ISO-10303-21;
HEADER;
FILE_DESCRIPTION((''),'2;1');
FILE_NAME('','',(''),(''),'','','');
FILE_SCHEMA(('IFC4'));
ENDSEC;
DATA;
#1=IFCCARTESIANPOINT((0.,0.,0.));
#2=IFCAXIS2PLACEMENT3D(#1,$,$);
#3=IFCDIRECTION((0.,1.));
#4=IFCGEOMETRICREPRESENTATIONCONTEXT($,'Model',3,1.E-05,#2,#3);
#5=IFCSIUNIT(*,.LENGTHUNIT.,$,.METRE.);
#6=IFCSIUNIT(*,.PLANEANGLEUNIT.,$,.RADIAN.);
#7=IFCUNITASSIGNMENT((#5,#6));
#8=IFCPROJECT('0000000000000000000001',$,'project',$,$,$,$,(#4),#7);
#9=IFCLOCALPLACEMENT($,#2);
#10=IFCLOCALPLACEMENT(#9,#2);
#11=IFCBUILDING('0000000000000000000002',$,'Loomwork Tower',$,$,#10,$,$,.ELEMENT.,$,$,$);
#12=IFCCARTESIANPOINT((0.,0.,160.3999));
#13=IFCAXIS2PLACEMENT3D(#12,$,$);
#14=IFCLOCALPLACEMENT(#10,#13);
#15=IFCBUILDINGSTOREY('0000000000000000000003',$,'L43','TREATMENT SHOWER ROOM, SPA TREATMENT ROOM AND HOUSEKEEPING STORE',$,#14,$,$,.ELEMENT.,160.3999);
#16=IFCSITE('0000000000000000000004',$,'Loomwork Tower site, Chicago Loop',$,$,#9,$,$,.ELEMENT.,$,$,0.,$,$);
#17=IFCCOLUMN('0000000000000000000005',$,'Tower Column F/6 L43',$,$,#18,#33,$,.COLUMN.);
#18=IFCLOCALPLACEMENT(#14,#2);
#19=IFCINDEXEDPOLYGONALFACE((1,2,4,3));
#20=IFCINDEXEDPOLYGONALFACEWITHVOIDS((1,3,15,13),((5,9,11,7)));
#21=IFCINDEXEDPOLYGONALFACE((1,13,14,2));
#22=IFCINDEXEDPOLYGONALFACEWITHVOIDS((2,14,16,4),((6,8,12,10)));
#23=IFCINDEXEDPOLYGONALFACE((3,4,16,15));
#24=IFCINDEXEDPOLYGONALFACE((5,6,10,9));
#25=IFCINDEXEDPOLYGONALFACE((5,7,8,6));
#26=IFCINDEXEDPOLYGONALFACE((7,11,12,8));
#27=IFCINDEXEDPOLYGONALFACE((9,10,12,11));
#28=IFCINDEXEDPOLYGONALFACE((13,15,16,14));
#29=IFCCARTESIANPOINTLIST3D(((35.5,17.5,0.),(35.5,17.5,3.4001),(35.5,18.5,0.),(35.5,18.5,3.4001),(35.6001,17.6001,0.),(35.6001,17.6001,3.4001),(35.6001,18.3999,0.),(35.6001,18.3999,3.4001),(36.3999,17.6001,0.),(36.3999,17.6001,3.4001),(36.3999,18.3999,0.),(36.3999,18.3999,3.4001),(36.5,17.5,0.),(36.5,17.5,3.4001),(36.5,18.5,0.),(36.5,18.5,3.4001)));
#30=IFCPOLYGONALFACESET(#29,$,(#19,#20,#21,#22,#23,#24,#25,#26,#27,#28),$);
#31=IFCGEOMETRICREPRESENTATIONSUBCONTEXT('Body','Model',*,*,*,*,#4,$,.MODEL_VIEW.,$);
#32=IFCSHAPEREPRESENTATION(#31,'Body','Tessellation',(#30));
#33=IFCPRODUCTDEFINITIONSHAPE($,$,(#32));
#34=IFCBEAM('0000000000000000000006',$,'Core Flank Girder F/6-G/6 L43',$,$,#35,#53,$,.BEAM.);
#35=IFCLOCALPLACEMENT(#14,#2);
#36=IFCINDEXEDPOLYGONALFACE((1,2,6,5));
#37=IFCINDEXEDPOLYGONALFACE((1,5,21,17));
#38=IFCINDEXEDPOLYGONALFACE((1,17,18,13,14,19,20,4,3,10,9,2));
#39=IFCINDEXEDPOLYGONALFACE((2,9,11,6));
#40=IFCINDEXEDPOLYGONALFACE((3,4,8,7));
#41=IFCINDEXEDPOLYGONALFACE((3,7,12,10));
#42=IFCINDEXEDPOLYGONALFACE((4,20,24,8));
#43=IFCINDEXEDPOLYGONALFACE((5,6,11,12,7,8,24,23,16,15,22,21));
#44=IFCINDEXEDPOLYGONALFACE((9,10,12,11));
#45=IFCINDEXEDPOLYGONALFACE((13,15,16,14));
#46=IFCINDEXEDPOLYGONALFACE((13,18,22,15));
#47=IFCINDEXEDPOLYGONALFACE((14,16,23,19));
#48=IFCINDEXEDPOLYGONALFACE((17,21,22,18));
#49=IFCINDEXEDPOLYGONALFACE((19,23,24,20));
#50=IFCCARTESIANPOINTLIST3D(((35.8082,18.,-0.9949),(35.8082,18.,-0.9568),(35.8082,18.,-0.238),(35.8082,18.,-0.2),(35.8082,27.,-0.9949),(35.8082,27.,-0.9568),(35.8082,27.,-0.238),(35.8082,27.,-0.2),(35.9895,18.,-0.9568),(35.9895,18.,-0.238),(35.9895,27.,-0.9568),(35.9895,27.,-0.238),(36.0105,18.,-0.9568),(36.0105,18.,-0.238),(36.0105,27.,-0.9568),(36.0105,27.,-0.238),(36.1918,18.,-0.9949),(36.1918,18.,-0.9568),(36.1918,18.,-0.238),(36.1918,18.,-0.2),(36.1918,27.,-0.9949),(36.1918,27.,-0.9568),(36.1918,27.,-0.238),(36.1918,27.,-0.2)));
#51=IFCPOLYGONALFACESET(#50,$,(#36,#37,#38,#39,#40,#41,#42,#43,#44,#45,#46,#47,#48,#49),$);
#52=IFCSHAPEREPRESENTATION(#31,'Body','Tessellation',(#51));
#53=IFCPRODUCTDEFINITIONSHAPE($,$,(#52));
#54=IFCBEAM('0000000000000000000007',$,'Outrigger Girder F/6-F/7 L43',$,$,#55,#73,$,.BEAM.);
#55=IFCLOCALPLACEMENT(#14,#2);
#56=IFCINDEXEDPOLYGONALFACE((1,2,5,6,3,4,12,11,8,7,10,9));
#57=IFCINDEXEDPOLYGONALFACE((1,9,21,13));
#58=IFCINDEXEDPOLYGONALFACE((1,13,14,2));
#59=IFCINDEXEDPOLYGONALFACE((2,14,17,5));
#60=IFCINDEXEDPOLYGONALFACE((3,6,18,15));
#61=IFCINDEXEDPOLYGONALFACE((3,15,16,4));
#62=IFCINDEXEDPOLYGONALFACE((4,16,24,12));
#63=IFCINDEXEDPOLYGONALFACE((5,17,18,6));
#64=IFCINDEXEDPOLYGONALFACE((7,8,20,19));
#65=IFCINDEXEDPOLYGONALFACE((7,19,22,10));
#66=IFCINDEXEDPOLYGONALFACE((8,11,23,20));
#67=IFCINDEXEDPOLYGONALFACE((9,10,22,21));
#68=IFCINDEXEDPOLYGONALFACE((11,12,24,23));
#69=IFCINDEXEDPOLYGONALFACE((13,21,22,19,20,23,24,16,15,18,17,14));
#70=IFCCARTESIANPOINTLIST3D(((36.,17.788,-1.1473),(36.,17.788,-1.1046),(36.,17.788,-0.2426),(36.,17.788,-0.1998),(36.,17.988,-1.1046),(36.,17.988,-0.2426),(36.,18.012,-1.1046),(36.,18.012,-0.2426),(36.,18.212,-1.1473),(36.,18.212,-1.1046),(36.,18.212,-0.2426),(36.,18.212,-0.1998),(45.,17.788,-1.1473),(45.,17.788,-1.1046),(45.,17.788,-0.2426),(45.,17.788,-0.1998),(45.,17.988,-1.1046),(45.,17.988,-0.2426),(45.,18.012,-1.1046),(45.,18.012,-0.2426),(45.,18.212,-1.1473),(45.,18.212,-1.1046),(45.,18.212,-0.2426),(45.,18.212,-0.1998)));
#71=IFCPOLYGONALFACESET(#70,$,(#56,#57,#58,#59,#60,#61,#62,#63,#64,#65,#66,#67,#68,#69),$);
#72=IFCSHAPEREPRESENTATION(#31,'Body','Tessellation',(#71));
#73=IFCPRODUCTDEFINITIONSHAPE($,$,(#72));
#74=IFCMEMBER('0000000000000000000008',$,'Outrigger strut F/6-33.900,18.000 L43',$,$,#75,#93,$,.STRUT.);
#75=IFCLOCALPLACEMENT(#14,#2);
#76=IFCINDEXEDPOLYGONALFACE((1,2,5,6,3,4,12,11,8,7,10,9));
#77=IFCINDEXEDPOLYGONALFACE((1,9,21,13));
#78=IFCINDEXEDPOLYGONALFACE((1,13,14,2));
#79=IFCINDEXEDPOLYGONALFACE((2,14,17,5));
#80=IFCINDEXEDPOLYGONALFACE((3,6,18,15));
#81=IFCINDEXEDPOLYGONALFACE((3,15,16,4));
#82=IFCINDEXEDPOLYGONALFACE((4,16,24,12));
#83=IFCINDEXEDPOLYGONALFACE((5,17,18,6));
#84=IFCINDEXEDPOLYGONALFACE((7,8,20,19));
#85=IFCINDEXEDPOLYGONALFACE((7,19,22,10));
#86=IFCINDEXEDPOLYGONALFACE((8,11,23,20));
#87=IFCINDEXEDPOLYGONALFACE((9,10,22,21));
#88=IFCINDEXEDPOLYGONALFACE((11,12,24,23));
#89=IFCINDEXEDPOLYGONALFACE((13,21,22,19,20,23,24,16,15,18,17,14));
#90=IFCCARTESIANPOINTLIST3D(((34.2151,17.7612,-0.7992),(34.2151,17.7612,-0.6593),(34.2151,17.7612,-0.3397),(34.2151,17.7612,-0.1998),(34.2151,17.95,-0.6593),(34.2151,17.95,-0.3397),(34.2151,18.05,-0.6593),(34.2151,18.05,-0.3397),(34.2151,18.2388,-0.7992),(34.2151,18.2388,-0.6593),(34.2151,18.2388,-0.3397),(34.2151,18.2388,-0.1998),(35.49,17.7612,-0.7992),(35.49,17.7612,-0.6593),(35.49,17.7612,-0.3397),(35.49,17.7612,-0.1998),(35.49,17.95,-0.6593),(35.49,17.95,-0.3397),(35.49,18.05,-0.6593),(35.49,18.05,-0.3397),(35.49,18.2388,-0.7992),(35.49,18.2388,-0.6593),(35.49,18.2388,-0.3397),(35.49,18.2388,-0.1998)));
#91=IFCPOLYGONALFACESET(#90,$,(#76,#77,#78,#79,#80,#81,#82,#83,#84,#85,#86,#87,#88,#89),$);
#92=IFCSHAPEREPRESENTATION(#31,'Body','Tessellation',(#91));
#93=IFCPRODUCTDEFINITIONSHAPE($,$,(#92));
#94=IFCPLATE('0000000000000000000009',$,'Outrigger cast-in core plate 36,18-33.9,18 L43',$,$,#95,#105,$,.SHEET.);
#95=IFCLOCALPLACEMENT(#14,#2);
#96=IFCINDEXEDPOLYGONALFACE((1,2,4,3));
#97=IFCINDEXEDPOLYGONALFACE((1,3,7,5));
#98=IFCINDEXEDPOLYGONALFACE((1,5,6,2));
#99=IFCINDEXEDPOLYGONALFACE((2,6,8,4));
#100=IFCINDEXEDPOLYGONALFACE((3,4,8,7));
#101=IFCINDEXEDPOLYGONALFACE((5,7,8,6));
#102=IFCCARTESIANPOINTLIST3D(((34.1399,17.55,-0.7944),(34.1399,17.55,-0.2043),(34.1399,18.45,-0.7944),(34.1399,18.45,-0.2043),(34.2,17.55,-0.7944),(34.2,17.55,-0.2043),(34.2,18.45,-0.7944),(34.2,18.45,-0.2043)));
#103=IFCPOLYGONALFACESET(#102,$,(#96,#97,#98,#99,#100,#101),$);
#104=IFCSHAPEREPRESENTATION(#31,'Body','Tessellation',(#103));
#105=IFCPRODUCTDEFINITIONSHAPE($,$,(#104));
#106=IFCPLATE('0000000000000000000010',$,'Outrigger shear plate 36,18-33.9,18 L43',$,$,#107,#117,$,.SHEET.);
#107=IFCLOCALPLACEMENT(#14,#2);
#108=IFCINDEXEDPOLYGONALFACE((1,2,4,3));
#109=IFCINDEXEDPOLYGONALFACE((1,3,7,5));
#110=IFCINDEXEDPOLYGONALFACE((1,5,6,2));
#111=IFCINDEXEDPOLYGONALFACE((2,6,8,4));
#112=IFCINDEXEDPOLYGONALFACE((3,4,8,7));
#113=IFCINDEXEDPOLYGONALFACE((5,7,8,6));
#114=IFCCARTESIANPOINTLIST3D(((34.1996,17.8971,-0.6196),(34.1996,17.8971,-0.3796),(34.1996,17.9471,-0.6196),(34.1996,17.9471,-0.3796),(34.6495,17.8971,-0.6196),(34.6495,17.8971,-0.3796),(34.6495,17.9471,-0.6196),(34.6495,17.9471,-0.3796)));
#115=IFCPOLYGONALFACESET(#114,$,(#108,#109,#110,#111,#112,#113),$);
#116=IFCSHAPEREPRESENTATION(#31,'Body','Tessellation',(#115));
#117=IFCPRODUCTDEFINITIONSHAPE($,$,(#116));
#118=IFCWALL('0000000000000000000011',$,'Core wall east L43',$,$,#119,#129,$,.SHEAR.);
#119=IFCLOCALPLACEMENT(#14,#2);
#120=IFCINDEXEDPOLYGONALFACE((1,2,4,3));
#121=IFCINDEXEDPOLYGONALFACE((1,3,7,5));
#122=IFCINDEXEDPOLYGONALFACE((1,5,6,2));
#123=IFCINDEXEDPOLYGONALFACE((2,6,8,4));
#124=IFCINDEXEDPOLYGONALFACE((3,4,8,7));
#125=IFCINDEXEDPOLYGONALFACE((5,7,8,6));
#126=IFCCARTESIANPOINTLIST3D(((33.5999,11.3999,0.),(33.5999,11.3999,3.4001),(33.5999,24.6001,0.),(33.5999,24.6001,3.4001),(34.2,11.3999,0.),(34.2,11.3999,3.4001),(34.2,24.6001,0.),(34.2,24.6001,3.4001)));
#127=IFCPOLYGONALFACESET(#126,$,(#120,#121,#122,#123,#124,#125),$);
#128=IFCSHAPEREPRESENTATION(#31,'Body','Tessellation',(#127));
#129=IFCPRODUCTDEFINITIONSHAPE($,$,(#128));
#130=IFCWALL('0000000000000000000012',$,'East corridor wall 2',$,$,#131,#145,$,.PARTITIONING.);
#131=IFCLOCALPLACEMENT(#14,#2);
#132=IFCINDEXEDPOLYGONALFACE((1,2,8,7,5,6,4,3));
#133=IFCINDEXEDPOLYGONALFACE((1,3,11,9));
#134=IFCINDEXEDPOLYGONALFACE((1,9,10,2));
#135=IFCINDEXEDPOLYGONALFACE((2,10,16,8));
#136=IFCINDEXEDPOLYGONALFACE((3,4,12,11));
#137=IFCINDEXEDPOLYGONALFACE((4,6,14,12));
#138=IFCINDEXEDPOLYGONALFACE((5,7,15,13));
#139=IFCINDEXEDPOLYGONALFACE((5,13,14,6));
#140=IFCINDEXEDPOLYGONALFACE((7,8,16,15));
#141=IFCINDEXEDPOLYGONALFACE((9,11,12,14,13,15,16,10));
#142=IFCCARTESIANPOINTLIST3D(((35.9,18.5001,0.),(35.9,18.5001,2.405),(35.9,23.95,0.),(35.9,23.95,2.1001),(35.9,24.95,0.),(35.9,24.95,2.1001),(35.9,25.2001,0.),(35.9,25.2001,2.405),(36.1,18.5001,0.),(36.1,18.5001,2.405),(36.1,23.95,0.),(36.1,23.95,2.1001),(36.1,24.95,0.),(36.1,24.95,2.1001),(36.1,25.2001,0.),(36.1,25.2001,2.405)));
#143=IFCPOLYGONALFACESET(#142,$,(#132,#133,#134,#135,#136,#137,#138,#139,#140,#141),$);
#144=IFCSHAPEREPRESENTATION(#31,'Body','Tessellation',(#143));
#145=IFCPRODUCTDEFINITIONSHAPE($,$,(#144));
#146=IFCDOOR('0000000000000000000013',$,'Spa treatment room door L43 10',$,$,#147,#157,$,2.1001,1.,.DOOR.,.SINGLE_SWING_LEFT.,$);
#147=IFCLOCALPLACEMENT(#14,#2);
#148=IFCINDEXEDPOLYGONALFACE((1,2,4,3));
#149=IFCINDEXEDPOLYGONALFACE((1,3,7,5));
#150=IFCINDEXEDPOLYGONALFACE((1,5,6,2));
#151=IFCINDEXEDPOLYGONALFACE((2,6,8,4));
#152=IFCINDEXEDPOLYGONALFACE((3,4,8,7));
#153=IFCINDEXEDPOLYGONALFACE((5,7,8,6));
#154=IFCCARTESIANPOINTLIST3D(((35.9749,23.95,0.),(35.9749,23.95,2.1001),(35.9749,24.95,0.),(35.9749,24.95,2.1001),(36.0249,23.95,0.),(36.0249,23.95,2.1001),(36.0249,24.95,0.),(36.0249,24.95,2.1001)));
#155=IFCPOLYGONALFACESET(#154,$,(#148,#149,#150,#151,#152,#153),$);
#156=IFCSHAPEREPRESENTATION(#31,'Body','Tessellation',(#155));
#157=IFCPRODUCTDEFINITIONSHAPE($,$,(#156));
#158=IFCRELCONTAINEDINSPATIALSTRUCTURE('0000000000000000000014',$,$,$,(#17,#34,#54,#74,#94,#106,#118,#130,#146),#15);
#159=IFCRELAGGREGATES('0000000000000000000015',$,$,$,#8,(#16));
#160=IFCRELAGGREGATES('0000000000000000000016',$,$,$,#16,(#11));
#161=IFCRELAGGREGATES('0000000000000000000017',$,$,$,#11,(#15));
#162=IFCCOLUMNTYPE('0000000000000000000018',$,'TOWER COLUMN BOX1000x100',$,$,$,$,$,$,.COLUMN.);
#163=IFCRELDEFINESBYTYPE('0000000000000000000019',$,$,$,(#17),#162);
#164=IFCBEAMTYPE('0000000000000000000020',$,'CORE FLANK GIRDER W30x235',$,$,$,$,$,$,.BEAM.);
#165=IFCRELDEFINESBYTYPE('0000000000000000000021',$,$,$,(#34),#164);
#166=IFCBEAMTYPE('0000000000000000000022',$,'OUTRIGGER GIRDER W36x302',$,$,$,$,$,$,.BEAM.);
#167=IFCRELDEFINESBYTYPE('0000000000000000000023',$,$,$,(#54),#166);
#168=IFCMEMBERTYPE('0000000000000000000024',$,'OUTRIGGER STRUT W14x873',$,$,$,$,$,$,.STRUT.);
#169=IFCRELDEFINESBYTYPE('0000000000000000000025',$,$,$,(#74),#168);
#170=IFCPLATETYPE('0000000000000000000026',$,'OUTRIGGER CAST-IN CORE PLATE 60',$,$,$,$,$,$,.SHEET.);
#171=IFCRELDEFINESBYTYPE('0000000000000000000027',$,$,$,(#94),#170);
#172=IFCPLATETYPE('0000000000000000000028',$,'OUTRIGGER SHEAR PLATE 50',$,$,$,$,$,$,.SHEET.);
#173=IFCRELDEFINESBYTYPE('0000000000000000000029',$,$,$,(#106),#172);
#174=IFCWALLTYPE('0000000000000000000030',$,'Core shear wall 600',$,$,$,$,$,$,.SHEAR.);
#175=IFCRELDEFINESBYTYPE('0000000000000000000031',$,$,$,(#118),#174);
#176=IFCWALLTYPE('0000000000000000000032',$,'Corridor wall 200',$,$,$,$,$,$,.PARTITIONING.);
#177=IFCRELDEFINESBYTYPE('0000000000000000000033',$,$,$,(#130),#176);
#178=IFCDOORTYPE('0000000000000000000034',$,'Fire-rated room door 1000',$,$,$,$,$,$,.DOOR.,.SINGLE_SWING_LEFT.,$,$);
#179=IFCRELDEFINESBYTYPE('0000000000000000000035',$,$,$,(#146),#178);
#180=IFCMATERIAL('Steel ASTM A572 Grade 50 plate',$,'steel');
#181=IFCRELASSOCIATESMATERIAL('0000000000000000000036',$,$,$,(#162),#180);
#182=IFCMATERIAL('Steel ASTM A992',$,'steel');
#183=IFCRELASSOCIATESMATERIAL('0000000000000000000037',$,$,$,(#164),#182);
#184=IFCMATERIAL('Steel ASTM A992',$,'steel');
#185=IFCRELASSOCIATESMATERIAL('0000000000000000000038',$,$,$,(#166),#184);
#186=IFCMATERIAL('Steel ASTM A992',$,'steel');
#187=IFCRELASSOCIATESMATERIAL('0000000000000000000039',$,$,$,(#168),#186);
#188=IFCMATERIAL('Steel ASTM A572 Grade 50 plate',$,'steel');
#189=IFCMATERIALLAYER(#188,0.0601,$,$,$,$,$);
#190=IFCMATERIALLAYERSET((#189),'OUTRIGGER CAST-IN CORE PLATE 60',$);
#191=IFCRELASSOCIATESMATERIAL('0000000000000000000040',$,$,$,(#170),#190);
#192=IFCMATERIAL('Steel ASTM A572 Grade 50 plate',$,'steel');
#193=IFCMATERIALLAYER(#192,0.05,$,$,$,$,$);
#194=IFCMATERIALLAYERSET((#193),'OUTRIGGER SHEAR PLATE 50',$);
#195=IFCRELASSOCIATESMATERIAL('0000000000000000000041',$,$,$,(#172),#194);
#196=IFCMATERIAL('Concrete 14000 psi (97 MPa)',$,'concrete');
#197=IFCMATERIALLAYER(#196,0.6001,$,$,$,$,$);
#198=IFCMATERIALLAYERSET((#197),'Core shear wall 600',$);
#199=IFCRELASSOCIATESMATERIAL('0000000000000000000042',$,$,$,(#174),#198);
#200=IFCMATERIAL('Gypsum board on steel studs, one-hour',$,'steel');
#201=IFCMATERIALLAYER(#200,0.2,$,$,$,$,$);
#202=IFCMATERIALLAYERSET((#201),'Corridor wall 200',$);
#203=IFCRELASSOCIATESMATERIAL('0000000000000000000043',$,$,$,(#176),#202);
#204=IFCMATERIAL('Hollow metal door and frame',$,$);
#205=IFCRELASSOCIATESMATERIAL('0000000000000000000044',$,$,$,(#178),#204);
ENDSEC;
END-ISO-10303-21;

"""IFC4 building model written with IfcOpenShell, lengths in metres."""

from ifc_helpers import new_model, si_unit, direction, frame, frame_2d, origin, origin_2d, place, context, subcontext, project, spatial, rectangle, hollow_rectangle, i_section, extrude, material, layer, layer_set, material_profile, profile_set, type_object, element, fill, save


model = new_model("IFC4")

# Units and contexts
model_context = context("Model", 3, precision=1e-05, world=origin(), true_north=direction((0.0, 1.0)))
body_context = subcontext(model_context, "Body", "Model", "MODEL_VIEW")
ifc_project = project(units=[si_unit("LENGTHUNIT", "METRE"), si_unit("PLANEANGLEUNIT", "RADIAN")], contexts=[model_context])

# Site, building, storey
site_placement = place(None, origin())
site = spatial("IfcSite", under=ifc_project, at=site_placement, Name="Loomwork Tower site, Chicago Loop", CompositionType="ELEMENT", RefElevation=0.0)
building_placement = place(site_placement, origin())
building = spatial("IfcBuilding", under=site, at=building_placement, Name="Loomwork Tower", CompositionType="ELEMENT")
storey_placement = place(building_placement, frame((0.0, 0.0, 160.3999)))
storey = spatial("IfcBuildingStorey", under=building, at=storey_placement, Name="L43", Description="TREATMENT SHOWER ROOM, SPA TREATMENT ROOM AND HOUSEKEEPING STORE", CompositionType="ELEMENT", Elevation=160.3999)

# Column
ifc_material_1 = material(Name="Steel ASTM A572 Grade 50 plate", Category="steel")
ifc_material_profile_1 = material_profile(ifc_material_1, hollow_rectangle(XDim=1.0, YDim=1.0, WallThickness=0.1001, at=origin_2d()), Name="BOX1000x100")
ifc_profile_set_1 = profile_set([ifc_material_profile_1], Name="Steel ASTM A572 Grade 50 plate")
column_type = type_object("IfcColumnType", Name="TOWER COLUMN BOX1000x100", PredefinedType="COLUMN", material=ifc_profile_set_1)
column_placement = place(storey_placement, frame((36.0, 18.0, 0.0), z_axis=(0.0, 0.0, 1.0), x_axis=(0.0, 1.0, 0.0)))
element("IfcColumn", 1, at=column_placement, inside=storey, type_object=column_type, Name="Tower Column F/6 L43", PredefinedType="COLUMN", context=body_context, shape_type="SweptSolid", body=[
    extrude(hollow_rectangle(XDim=1.0, YDim=1.0, WallThickness=0.1001, at=origin_2d()), origin(), (0.0, 0.0, 1.0), 3.4001),
])

# Beams
ifc_material_2 = material(Name="Steel ASTM A992", Category="steel")
ifc_material_profile_2 = material_profile(ifc_material_2, i_section(OverallWidth=0.3835, OverallDepth=0.7949, WebThickness=0.021, FlangeThickness=0.0381, at=origin_2d()), Name="W30x235")
ifc_profile_set_2 = profile_set([ifc_material_profile_2], Name="Steel ASTM A992")
beam_type_1 = type_object("IfcBeamType", Name="CORE FLANK GIRDER W30x235", PredefinedType="BEAM", material=ifc_profile_set_2)
beam_1_placement = place(storey_placement, frame((36.0, 18.0, -0.5974), z_axis=(0.0, 1.0, 0.0), x_axis=(-1.0, 0.0, 0.0)))
element("IfcBeam", 2, at=beam_1_placement, inside=storey, type_object=beam_type_1, Name="Core Flank Girder F/6-G/6 L43", PredefinedType="BEAM", context=body_context, shape_type="SweptSolid", body=[
    extrude(i_section(OverallWidth=0.3835, OverallDepth=0.7949, WebThickness=0.021, FlangeThickness=0.0381, at=origin_2d()), origin(), (0.0, 0.0, 1.0), 9.0),
])
ifc_material_3 = material(Name="Steel ASTM A992", Category="steel")
ifc_material_profile_3 = material_profile(ifc_material_3, i_section(OverallWidth=0.4241, OverallDepth=0.9475, WebThickness=0.0239, FlangeThickness=0.0427, at=origin_2d()), Name="W36x302")
ifc_profile_set_3 = profile_set([ifc_material_profile_3], Name="Steel ASTM A992")
beam_type_2 = type_object("IfcBeamType", Name="OUTRIGGER GIRDER W36x302", PredefinedType="BEAM", material=ifc_profile_set_3)
beam_2_placement = place(storey_placement, frame((36.0, 18.0, -0.6736), z_axis=(1.0, 0.0, 0.0), x_axis=(0.0, 1.0, 0.0)))
element("IfcBeam", 3, at=beam_2_placement, inside=storey, type_object=beam_type_2, Name="Outrigger Girder F/6-F/7 L43", PredefinedType="BEAM", context=body_context, shape_type="SweptSolid", body=[
    extrude(i_section(OverallWidth=0.4241, OverallDepth=0.9475, WebThickness=0.0239, FlangeThickness=0.0427, at=origin_2d()), origin(), (0.0, 0.0, 1.0), 9.0),
])

# Member
ifc_material_4 = material(Name="Steel ASTM A992", Category="steel")
ifc_material_profile_4 = material_profile(ifc_material_4, i_section(OverallWidth=0.4775, OverallDepth=0.5994, WebThickness=0.1001, FlangeThickness=0.1399, at=origin_2d()), Name="W14x873")
ifc_profile_set_4 = profile_set([ifc_material_profile_4], Name="Steel ASTM A992")
member_type = type_object("IfcMemberType", Name="OUTRIGGER STRUT W14x873", PredefinedType="STRUT", material=ifc_profile_set_4)
member_placement = place(storey_placement, frame((35.49, 18.0, -0.4995), z_axis=(-1.0, 0.0, 0.0), x_axis=(0.0, -1.0, 0.0)))
element("IfcMember", 4, at=member_placement, inside=storey, type_object=member_type, Name="Outrigger strut F/6-33.900,18.000 L43", PredefinedType="STRUT", context=body_context, shape_type="SweptSolid", body=[
    extrude(i_section(OverallWidth=0.4775, OverallDepth=0.5994, WebThickness=0.1001, FlangeThickness=0.1399, at=origin_2d()), origin(), (0.0, 0.0, 1.0), 1.2749),
])

# Plates
ifc_material_5 = material(Name="Steel ASTM A572 Grade 50 plate", Category="steel")
ifc_layer_1 = layer(ifc_material_5, 0.0601)
ifc_layer_set_1 = layer_set([ifc_layer_1], Name="OUTRIGGER CAST-IN CORE PLATE 60")
plate_type_1 = type_object("IfcPlateType", Name="OUTRIGGER CAST-IN CORE PLATE 60", PredefinedType="SHEET", material=ifc_layer_set_1)
plate_1_placement = place(storey_placement, frame((34.1699, 18.0, -0.7944), z_axis=(0.0, 0.0, 1.0), x_axis=(0.0, 1.0, 0.0)))
element("IfcPlate", 5, at=plate_1_placement, inside=storey, type_object=plate_type_1, Name="Outrigger cast-in core plate 36,18-33.9,18 L43", PredefinedType="SHEET", context=body_context, shape_type="SweptSolid", body=[
    extrude(rectangle(XDim=0.8999, YDim=0.0601, at=origin_2d()), origin(), (0.0, 0.0, 1.0), 0.5901),
])
ifc_material_6 = material(Name="Steel ASTM A572 Grade 50 plate", Category="steel")
ifc_layer_2 = layer(ifc_material_6, 0.05)
ifc_layer_set_2 = layer_set([ifc_layer_2], Name="OUTRIGGER SHEAR PLATE 50")
plate_type_2 = type_object("IfcPlateType", Name="OUTRIGGER SHEAR PLATE 50", PredefinedType="SHEET", material=ifc_layer_set_2)
plate_2_placement = place(storey_placement, frame((34.4246, 17.9221, -0.6196), z_axis=(0.0, 0.0, 1.0), x_axis=(1.0, 0.0, 0.0)))
element("IfcPlate", 6, at=plate_2_placement, inside=storey, type_object=plate_type_2, Name="Outrigger shear plate 36,18-33.9,18 L43", PredefinedType="SHEET", context=body_context, shape_type="SweptSolid", body=[
    extrude(rectangle(XDim=0.45, YDim=0.05, at=origin_2d()), origin(), (0.0, 0.0, 1.0), 0.24),
])

# Wall
ifc_material_7 = material(Name="Concrete 14000 psi (97 MPa)", Category="concrete")
ifc_layer_3 = layer(ifc_material_7, 0.6001)
ifc_layer_set_3 = layer_set([ifc_layer_3], Name="Core shear wall 600")
wall_type_1 = type_object("IfcWallType", Name="Core shear wall 600", PredefinedType="SHEAR", material=ifc_layer_set_3)
wall_1_placement = place(storey_placement, frame((33.8999, 11.3999, 0.0), z_axis=(0.0, 0.0, 1.0), x_axis=(0.0, 1.0, 0.0)))
element("IfcWall", 7, at=wall_1_placement, inside=storey, type_object=wall_type_1, Name="Core wall east L43", PredefinedType="SHEAR", context=body_context, shape_type="SweptSolid", body=[
    extrude(rectangle(XDim=13.2002, YDim=0.6001, at=frame_2d((6.6001, 0.0))), origin(), (0.0, 0.0, 1.0), 3.4001),
])

# Wall, opening, door
ifc_material_8 = material(Name="Gypsum board on steel studs, one-hour", Category="steel")
ifc_layer_4 = layer(ifc_material_8, 0.2)
ifc_layer_set_4 = layer_set([ifc_layer_4], Name="Corridor wall 200")
wall_type_2 = type_object("IfcWallType", Name="Corridor wall 200", PredefinedType="PARTITIONING", material=ifc_layer_set_4)
wall_2_placement = place(storey_placement, frame((36.0, 18.5, 0.0), z_axis=(0.0, 0.0, 1.0), x_axis=(0.0, 1.0, 0.0)))
wall_2 = element("IfcWall", 8, at=wall_2_placement, inside=storey, type_object=wall_type_2, Name="East corridor wall 2", PredefinedType="PARTITIONING", context=body_context, shape_type="SweptSolid", body=[
    extrude(rectangle(XDim=6.7, YDim=0.2, at=frame_2d((3.3501, 0.0))), origin(), (0.0, 0.0, 1.0), 2.405),
])
opening_placement = place(wall_2_placement, frame((5.45, 0.0, 0.0)))
opening = element("IfcOpeningElement", 9, at=opening_placement, cuts=wall_2, PredefinedType="OPENING", context=body_context, shape_type="SweptSolid", body=[
    extrude(rectangle(XDim=1.0, YDim=2.1001, at=frame_2d((0.5, 1.05))), frame((0.0, 0.1099, 0.0), z_axis=(0.0, -1.0, 0.0), x_axis=(1.0, 0.0, 0.0)), (0.0, 0.0, 1.0), 0.22),
])
ifc_material_9 = material(Name="Hollow metal door and frame")
door_type = type_object("IfcDoorType", Name="Fire-rated room door 1000", OperationType="SINGLE_SWING_LEFT", PredefinedType="DOOR", material=ifc_material_9)
door_placement = place(opening_placement, frame((1.0, 0.0, 0.0), z_axis=(0.0, 0.0, 1.0), x_axis=(-1.0, 0.0, 0.0)))
door = element("IfcDoor", 10, at=door_placement, inside=storey, type_object=door_type, Name="Spa treatment room door L43 10", OperationType="SINGLE_SWING_LEFT", OverallHeight=2.1001, OverallWidth=1.0, PredefinedType="DOOR", context=body_context, shape_type="SweptSolid", body=[
    extrude(rectangle(XDim=1.0, YDim=2.1001, at=frame_2d((0.5, 1.05))), frame((0.0, 0.0249, 0.0), z_axis=(0.0, -1.0, 0.0), x_axis=(1.0, 0.0, 0.0)), (0.0, 0.0, 1.0), 0.05),
])
fill(opening, door)

save(model, "model.ifc")
